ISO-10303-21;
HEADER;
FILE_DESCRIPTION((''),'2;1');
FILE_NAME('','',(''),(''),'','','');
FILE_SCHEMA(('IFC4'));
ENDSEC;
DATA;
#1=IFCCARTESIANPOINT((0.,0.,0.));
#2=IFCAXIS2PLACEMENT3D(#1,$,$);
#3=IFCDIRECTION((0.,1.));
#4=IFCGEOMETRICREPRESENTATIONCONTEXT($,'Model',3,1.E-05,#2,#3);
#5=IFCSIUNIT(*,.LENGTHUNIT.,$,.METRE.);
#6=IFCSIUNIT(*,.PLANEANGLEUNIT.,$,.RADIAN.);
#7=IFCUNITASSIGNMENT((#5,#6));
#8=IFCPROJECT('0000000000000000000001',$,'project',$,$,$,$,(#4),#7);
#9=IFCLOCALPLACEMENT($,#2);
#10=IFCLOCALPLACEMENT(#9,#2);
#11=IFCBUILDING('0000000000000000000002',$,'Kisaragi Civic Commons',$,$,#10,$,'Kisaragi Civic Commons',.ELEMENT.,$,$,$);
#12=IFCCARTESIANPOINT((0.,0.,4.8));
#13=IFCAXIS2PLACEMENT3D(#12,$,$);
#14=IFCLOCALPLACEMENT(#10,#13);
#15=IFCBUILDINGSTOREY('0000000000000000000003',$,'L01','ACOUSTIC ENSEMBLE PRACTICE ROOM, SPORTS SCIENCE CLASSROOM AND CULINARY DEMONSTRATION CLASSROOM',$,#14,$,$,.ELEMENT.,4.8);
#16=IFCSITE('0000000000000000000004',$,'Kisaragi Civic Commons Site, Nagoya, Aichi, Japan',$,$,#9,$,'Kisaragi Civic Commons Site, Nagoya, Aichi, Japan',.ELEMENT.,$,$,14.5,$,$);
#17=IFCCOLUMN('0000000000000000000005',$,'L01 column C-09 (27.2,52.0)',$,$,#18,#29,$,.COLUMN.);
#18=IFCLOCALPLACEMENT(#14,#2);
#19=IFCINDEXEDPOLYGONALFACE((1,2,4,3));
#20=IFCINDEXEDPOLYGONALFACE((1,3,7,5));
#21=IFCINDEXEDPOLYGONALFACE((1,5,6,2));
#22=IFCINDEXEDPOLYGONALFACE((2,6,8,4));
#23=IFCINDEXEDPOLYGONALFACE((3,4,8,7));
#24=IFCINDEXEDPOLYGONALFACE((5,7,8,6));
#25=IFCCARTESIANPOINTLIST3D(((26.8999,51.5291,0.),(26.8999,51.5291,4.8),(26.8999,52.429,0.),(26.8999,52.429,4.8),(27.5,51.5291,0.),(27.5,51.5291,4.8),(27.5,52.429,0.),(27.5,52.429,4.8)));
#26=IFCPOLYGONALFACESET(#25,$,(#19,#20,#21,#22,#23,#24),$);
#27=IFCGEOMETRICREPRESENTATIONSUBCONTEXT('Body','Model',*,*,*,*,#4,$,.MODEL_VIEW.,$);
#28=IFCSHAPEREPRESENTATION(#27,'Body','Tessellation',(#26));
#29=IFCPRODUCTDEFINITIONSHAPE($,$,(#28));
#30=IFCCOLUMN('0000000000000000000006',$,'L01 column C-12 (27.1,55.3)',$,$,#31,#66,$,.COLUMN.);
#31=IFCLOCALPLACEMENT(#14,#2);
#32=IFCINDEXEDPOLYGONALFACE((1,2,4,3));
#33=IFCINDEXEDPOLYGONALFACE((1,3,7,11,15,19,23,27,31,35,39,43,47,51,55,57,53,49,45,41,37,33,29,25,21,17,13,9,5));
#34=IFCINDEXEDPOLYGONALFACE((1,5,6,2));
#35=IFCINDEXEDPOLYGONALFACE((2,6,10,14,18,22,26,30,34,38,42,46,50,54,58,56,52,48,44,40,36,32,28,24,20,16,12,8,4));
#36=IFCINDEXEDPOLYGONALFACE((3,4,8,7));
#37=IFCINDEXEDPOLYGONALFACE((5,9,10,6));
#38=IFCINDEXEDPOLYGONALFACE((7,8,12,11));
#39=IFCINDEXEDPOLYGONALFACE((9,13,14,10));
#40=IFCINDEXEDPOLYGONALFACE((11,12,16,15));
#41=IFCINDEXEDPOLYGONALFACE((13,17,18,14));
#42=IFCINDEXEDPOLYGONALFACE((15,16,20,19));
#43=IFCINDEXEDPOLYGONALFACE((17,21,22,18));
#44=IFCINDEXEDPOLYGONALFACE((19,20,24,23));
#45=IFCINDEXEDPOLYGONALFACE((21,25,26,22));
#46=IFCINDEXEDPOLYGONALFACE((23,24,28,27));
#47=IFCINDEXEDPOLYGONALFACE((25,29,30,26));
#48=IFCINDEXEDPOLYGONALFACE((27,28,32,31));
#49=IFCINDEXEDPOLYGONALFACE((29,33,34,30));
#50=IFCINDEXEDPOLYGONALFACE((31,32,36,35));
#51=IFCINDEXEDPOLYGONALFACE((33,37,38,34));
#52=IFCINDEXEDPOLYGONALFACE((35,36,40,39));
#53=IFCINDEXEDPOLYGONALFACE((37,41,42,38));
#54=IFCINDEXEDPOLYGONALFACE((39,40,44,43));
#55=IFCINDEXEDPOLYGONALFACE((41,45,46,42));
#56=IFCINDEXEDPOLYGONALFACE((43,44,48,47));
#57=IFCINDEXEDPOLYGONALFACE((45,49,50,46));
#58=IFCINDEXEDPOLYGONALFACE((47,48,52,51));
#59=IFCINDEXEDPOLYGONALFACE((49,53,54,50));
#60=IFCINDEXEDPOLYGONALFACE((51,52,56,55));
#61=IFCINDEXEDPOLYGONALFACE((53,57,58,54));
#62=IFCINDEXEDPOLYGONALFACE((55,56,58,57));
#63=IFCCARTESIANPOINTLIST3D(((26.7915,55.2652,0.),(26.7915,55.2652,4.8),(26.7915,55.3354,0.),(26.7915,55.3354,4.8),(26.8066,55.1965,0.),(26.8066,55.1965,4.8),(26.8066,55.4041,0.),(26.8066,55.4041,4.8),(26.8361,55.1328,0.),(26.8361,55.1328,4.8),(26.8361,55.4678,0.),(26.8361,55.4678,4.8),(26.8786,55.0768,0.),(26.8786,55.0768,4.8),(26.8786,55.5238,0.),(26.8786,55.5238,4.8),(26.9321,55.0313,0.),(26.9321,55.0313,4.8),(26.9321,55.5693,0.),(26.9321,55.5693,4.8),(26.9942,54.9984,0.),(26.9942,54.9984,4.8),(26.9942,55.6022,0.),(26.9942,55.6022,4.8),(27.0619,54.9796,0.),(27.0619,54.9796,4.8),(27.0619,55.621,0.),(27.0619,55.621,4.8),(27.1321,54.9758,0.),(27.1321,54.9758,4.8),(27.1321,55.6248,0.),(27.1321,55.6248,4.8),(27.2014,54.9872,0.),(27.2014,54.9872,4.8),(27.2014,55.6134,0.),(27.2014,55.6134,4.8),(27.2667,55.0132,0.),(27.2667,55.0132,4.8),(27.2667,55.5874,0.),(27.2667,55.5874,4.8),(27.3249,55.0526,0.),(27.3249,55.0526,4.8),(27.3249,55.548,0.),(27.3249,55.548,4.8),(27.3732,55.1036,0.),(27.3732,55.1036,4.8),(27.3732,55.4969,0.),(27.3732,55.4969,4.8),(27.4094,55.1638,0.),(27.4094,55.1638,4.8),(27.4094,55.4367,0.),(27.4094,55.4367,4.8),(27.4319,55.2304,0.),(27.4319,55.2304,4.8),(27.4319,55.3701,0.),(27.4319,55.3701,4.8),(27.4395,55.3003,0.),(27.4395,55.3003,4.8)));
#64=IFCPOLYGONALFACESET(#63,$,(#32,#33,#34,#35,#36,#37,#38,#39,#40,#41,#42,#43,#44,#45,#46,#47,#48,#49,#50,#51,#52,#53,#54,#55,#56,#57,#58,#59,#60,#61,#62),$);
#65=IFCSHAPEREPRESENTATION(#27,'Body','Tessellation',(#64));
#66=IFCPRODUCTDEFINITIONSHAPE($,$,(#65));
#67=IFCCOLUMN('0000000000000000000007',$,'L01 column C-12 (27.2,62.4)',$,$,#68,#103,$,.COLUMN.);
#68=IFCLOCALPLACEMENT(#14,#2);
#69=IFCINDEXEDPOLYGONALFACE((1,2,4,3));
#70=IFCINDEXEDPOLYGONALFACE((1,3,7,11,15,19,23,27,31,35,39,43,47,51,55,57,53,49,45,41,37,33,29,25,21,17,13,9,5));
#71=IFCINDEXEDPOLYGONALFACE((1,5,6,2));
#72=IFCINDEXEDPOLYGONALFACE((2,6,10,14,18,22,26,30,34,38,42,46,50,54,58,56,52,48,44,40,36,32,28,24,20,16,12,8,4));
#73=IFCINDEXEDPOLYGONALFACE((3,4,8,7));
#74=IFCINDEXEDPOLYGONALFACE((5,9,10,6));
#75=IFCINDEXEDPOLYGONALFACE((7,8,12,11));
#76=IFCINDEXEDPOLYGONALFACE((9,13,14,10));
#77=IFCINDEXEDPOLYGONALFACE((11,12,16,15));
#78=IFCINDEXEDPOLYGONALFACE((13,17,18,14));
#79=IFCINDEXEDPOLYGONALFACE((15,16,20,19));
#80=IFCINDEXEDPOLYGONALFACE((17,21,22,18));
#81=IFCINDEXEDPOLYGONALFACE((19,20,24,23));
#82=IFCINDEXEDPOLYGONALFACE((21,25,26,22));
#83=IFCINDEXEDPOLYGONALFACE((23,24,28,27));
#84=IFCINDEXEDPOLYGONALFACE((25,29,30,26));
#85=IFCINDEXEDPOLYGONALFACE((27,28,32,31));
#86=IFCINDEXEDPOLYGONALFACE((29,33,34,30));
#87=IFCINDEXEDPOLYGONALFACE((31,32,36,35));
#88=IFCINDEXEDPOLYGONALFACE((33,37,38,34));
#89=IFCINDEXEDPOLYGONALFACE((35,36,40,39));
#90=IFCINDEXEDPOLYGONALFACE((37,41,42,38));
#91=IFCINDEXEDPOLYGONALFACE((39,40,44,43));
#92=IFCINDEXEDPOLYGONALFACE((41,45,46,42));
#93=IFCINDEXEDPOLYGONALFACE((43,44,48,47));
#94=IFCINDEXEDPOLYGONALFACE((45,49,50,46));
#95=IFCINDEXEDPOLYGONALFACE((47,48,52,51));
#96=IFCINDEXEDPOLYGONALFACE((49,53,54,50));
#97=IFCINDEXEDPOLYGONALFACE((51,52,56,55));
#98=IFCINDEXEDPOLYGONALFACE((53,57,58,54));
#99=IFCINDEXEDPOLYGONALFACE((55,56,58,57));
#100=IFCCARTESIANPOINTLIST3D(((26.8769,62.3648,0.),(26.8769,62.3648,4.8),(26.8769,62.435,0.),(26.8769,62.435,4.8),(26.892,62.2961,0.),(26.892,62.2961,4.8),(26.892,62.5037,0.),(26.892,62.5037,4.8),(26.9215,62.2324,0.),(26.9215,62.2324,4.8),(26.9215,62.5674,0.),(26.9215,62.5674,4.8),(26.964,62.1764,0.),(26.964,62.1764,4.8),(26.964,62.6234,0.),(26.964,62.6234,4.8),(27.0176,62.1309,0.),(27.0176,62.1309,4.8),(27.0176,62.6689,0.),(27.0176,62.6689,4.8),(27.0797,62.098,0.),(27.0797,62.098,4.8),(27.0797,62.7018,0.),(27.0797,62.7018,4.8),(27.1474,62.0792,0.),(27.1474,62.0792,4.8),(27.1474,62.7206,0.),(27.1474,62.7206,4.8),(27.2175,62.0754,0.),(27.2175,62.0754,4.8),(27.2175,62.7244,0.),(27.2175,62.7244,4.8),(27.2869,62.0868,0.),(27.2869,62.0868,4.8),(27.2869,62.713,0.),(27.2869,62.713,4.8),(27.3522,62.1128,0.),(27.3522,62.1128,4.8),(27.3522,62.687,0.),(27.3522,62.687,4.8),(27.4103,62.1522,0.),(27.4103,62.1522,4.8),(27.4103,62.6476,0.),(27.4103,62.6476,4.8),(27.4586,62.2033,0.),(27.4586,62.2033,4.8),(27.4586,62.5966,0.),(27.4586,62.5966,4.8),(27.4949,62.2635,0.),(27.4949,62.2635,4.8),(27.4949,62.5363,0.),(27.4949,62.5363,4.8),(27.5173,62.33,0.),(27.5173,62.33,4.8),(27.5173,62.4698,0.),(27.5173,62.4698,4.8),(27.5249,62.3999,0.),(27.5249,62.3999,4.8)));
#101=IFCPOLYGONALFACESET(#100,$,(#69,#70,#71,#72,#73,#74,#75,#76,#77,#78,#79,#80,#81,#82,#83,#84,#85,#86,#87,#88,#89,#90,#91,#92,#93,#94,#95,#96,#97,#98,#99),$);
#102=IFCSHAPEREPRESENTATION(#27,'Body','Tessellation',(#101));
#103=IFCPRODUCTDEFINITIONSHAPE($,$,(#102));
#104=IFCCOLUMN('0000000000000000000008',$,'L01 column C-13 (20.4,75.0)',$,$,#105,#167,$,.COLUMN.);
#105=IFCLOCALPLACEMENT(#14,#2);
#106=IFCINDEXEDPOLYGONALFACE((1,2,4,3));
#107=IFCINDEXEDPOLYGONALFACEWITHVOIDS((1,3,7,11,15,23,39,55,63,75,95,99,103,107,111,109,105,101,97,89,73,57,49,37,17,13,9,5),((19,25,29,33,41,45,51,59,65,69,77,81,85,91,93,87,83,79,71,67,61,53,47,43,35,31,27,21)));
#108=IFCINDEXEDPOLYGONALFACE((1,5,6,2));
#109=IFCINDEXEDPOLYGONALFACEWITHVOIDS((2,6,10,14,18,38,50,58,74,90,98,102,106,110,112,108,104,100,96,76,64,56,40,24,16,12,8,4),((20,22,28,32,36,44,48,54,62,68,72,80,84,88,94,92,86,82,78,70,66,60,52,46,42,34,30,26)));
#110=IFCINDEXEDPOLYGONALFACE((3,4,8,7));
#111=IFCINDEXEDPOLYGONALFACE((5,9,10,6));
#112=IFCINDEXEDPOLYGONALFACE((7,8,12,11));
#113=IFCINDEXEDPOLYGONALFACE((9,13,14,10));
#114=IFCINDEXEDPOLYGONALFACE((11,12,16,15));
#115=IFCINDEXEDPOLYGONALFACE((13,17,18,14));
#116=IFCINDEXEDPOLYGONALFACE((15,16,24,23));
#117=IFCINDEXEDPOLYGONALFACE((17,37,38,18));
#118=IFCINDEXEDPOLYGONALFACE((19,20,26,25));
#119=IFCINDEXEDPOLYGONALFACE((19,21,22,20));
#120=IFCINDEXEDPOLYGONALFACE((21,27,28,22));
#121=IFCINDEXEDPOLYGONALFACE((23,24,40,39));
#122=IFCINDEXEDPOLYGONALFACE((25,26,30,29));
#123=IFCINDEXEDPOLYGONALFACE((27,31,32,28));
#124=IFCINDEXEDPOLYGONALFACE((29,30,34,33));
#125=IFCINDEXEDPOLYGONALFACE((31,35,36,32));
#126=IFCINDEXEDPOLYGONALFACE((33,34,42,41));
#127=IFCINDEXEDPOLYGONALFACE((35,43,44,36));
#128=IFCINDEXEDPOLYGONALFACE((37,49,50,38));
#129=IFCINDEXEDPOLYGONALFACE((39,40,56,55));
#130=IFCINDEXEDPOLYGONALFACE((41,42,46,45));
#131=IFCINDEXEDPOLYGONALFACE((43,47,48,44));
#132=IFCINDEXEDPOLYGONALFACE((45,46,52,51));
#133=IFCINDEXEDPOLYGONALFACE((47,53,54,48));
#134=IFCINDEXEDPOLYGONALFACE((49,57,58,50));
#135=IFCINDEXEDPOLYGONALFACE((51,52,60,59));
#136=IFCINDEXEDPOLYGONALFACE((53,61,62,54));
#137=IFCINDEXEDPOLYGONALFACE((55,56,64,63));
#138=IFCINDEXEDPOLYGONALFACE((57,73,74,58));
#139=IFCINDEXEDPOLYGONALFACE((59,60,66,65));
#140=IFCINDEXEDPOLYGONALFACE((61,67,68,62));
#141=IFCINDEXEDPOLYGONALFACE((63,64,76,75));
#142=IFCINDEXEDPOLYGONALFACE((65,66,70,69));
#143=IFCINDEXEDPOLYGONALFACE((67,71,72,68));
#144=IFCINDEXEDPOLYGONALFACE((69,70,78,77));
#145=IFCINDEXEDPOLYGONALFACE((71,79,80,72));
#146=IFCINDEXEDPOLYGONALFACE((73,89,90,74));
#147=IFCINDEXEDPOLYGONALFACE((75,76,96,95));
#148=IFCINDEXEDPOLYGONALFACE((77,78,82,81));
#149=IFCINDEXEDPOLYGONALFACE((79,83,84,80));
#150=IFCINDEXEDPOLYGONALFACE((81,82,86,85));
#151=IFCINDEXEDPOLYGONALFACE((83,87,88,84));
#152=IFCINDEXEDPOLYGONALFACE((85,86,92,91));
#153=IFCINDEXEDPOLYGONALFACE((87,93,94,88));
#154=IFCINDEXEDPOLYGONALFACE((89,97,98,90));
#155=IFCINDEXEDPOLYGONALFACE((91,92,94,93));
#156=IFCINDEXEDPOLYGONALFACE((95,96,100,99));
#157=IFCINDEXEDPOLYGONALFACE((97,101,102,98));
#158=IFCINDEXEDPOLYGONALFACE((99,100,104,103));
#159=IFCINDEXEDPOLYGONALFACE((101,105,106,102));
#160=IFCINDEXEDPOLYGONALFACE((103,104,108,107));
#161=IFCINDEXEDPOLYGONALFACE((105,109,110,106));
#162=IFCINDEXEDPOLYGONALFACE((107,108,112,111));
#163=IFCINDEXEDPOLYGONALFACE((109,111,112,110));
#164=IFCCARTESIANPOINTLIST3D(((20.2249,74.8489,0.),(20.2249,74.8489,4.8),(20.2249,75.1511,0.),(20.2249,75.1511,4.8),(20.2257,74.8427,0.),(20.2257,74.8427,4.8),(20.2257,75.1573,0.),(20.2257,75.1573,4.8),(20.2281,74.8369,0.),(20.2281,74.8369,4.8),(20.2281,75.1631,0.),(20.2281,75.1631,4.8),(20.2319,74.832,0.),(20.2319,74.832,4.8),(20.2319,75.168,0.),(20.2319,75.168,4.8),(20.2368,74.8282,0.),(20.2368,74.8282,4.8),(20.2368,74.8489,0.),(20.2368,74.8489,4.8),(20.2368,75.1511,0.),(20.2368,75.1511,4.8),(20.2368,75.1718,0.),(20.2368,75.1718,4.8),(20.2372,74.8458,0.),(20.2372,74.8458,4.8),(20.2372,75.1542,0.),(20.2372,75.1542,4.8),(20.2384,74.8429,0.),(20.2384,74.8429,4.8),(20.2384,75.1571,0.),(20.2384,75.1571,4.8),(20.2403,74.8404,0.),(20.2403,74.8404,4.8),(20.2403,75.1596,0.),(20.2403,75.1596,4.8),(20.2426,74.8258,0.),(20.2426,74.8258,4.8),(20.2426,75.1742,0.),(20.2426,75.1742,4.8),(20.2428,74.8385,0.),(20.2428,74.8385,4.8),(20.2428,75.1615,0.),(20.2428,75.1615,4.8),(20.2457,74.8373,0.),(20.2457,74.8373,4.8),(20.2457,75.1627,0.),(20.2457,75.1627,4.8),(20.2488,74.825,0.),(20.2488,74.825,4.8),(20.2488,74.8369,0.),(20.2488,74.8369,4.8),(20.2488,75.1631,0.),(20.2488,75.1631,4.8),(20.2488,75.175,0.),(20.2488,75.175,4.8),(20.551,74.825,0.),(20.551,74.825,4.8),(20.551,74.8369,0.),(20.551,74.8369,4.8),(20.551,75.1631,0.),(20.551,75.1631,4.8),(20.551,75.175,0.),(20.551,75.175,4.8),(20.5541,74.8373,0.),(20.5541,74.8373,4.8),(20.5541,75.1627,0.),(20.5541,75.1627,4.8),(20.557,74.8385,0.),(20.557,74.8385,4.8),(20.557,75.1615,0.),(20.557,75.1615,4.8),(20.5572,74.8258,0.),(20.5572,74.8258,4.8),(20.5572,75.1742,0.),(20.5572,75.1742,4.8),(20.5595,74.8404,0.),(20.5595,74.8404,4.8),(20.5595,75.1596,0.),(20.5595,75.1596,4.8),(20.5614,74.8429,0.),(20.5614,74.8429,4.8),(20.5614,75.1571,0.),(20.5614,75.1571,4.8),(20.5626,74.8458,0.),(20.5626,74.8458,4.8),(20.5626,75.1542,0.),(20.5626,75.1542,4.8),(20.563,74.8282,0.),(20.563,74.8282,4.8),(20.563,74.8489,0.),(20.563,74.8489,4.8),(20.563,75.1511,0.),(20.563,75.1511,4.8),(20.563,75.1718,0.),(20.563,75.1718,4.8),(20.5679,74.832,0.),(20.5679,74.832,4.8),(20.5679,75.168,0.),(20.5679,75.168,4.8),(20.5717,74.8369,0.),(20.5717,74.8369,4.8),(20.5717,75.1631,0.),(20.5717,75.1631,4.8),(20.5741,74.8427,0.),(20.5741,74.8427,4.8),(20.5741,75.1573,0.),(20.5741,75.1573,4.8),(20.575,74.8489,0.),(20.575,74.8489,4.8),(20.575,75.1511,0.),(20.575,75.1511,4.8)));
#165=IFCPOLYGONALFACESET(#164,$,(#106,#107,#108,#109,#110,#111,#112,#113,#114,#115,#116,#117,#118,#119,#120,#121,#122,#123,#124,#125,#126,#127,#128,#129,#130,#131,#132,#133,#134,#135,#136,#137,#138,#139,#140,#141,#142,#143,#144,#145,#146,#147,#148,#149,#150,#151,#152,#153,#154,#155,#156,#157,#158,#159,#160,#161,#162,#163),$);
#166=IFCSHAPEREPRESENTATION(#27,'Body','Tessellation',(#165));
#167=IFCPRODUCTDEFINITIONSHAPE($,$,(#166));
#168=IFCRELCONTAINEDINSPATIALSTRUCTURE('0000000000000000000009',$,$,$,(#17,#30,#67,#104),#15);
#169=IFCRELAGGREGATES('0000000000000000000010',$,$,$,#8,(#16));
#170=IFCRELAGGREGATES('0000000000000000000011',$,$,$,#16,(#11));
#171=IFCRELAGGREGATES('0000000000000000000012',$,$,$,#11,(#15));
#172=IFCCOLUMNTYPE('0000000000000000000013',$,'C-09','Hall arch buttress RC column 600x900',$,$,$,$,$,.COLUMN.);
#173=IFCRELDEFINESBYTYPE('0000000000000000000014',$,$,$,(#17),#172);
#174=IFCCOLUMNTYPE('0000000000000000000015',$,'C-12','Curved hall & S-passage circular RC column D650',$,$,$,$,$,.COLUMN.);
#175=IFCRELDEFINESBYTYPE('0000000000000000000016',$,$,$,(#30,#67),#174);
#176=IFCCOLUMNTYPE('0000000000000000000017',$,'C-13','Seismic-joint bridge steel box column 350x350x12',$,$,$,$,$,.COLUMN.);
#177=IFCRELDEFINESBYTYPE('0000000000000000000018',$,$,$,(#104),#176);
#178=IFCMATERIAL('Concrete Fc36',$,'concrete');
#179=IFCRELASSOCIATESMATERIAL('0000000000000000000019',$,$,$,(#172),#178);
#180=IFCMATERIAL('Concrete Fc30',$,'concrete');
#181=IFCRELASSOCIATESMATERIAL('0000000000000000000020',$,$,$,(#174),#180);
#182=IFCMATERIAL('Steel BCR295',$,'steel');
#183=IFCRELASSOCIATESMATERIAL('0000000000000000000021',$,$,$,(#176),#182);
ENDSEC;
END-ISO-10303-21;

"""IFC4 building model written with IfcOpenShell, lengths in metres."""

from ifc_helpers import new_model, si_unit, direction, frame, origin, origin_2d, place, context, subcontext, project, spatial, rectangle, hollow_rectangle, circle, extrude, material, material_profile, profile_set, type_object, element, save


model = new_model("IFC4")

# Units and contexts
model_context = context("Model", 3, precision=1e-05, world=origin(), true_north=direction((0.0, 1.0)))
body_context = subcontext(model_context, "Body", "Model", "MODEL_VIEW")
ifc_project = project(units=[si_unit("LENGTHUNIT", "METRE"), si_unit("PLANEANGLEUNIT", "RADIAN")], contexts=[model_context])

# Site, building, storey
site_placement = place(None, origin())
site = spatial("IfcSite", under=ifc_project, at=site_placement, Name="Kisaragi Civic Commons Site, Nagoya, Aichi, Japan", LongName="Kisaragi Civic Commons Site, Nagoya, Aichi, Japan", CompositionType="ELEMENT", RefElevation=14.5)
building_placement = place(site_placement, origin())
building = spatial("IfcBuilding", under=site, at=building_placement, Name="Kisaragi Civic Commons", LongName="Kisaragi Civic Commons", CompositionType="ELEMENT")
storey_placement = place(building_placement, frame((0.0, 0.0, 4.8)))
storey = spatial("IfcBuildingStorey", under=building, at=storey_placement, Name="L01", Description="ACOUSTIC ENSEMBLE PRACTICE ROOM, SPORTS SCIENCE CLASSROOM AND CULINARY DEMONSTRATION CLASSROOM", CompositionType="ELEMENT", Elevation=4.8)

# Columns
ifc_material_1 = material(Name="Concrete Fc36", Category="concrete")
ifc_material_profile_1 = material_profile(ifc_material_1, rectangle(XDim=0.6001, YDim=0.8999, at=origin_2d()), Name="RC-600x900", Category="concrete")
ifc_profile_set_1 = profile_set([ifc_material_profile_1], Name="Concrete Fc36")
column_type_1 = type_object("IfcColumnType", Name="C-09", Description="Hall arch buttress RC column 600x900", PredefinedType="COLUMN", material=ifc_profile_set_1)
column_1_placement = place(storey_placement, frame((27.2, 51.979, 0.0), z_axis=(0.0, 0.0, 1.0), x_axis=(1.0, 0.0, 0.0)))
element("IfcColumn", 1, at=column_1_placement, inside=storey, type_object=column_type_1, Name="L01 column C-09 (27.2,52.0)", PredefinedType="COLUMN", context=body_context, shape_type="SweptSolid", body=[
    extrude(rectangle(XDim=0.6001, YDim=0.8999, at=origin_2d()), origin(), (0.0, 0.0, 1.0), 4.8),
])
ifc_material_2 = material(Name="Concrete Fc30", Category="concrete")
ifc_material_profile_2 = material_profile(ifc_material_2, circle(Radius=0.325, at=origin_2d()), Name="RC-D650", Category="concrete")
ifc_profile_set_2 = profile_set([ifc_material_profile_2], Name="Concrete Fc30")
column_type_2 = type_object("IfcColumnType", Name="C-12", Description="Curved hall & S-passage circular RC column D650", PredefinedType="COLUMN", material=ifc_profile_set_2)
for number, where, z_axis, x_axis, name in (
    (2, (27.1145, 55.3003, 0.0), (0.0, 0.0, 1.0), (1.0, 0.0, 0.0), "L01 column C-12 (27.1,55.3)"),
    (3, (27.2, 62.3999, 0.0), (0.0, 0.0, 1.0), (1.0, 0.0, 0.0), "L01 column C-12 (27.2,62.4)"),
):
    element("IfcColumn", number, at=place(storey_placement, frame(where, z_axis=z_axis, x_axis=x_axis)), inside=storey, type_object=column_type_2, Name=name, PredefinedType="COLUMN", context=body_context, shape_type="SweptSolid", body=[
        extrude(circle(Radius=0.325, at=origin_2d()), origin(), (0.0, 0.0, 1.0), 4.8),
    ])
ifc_material_3 = material(Name="Steel BCR295", Category="steel")
ifc_material_profile_3 = material_profile(ifc_material_3, hollow_rectangle(XDim=0.3501, YDim=0.3501, WallThickness=0.012, InnerFilletRadius=0.012, OuterFilletRadius=0.0239, at=origin_2d()), Name="BCR-350x350x12", Category="steel")
ifc_profile_set_3 = profile_set([ifc_material_profile_3], Name="Steel BCR295")
column_type_3 = type_object("IfcColumnType", Name="C-13", Description="Seismic-joint bridge steel box column 350x350x12", PredefinedType="COLUMN", material=ifc_profile_set_3)
column_2_placement = place(storey_placement, frame((20.3999, 75.0, 0.0), z_axis=(0.0, 0.0, 1.0), x_axis=(1.0, 0.0, 0.0)))
element("IfcColumn", 4, at=column_2_placement, inside=storey, type_object=column_type_3, Name="L01 column C-13 (20.4,75.0)", PredefinedType="COLUMN", context=body_context, shape_type="SweptSolid", body=[
    extrude(hollow_rectangle(XDim=0.3501, YDim=0.3501, WallThickness=0.012, InnerFilletRadius=0.012, OuterFilletRadius=0.0239, at=origin_2d()), origin(), (0.0, 0.0, 1.0), 4.8),
])

save(model, "model.ifc")
